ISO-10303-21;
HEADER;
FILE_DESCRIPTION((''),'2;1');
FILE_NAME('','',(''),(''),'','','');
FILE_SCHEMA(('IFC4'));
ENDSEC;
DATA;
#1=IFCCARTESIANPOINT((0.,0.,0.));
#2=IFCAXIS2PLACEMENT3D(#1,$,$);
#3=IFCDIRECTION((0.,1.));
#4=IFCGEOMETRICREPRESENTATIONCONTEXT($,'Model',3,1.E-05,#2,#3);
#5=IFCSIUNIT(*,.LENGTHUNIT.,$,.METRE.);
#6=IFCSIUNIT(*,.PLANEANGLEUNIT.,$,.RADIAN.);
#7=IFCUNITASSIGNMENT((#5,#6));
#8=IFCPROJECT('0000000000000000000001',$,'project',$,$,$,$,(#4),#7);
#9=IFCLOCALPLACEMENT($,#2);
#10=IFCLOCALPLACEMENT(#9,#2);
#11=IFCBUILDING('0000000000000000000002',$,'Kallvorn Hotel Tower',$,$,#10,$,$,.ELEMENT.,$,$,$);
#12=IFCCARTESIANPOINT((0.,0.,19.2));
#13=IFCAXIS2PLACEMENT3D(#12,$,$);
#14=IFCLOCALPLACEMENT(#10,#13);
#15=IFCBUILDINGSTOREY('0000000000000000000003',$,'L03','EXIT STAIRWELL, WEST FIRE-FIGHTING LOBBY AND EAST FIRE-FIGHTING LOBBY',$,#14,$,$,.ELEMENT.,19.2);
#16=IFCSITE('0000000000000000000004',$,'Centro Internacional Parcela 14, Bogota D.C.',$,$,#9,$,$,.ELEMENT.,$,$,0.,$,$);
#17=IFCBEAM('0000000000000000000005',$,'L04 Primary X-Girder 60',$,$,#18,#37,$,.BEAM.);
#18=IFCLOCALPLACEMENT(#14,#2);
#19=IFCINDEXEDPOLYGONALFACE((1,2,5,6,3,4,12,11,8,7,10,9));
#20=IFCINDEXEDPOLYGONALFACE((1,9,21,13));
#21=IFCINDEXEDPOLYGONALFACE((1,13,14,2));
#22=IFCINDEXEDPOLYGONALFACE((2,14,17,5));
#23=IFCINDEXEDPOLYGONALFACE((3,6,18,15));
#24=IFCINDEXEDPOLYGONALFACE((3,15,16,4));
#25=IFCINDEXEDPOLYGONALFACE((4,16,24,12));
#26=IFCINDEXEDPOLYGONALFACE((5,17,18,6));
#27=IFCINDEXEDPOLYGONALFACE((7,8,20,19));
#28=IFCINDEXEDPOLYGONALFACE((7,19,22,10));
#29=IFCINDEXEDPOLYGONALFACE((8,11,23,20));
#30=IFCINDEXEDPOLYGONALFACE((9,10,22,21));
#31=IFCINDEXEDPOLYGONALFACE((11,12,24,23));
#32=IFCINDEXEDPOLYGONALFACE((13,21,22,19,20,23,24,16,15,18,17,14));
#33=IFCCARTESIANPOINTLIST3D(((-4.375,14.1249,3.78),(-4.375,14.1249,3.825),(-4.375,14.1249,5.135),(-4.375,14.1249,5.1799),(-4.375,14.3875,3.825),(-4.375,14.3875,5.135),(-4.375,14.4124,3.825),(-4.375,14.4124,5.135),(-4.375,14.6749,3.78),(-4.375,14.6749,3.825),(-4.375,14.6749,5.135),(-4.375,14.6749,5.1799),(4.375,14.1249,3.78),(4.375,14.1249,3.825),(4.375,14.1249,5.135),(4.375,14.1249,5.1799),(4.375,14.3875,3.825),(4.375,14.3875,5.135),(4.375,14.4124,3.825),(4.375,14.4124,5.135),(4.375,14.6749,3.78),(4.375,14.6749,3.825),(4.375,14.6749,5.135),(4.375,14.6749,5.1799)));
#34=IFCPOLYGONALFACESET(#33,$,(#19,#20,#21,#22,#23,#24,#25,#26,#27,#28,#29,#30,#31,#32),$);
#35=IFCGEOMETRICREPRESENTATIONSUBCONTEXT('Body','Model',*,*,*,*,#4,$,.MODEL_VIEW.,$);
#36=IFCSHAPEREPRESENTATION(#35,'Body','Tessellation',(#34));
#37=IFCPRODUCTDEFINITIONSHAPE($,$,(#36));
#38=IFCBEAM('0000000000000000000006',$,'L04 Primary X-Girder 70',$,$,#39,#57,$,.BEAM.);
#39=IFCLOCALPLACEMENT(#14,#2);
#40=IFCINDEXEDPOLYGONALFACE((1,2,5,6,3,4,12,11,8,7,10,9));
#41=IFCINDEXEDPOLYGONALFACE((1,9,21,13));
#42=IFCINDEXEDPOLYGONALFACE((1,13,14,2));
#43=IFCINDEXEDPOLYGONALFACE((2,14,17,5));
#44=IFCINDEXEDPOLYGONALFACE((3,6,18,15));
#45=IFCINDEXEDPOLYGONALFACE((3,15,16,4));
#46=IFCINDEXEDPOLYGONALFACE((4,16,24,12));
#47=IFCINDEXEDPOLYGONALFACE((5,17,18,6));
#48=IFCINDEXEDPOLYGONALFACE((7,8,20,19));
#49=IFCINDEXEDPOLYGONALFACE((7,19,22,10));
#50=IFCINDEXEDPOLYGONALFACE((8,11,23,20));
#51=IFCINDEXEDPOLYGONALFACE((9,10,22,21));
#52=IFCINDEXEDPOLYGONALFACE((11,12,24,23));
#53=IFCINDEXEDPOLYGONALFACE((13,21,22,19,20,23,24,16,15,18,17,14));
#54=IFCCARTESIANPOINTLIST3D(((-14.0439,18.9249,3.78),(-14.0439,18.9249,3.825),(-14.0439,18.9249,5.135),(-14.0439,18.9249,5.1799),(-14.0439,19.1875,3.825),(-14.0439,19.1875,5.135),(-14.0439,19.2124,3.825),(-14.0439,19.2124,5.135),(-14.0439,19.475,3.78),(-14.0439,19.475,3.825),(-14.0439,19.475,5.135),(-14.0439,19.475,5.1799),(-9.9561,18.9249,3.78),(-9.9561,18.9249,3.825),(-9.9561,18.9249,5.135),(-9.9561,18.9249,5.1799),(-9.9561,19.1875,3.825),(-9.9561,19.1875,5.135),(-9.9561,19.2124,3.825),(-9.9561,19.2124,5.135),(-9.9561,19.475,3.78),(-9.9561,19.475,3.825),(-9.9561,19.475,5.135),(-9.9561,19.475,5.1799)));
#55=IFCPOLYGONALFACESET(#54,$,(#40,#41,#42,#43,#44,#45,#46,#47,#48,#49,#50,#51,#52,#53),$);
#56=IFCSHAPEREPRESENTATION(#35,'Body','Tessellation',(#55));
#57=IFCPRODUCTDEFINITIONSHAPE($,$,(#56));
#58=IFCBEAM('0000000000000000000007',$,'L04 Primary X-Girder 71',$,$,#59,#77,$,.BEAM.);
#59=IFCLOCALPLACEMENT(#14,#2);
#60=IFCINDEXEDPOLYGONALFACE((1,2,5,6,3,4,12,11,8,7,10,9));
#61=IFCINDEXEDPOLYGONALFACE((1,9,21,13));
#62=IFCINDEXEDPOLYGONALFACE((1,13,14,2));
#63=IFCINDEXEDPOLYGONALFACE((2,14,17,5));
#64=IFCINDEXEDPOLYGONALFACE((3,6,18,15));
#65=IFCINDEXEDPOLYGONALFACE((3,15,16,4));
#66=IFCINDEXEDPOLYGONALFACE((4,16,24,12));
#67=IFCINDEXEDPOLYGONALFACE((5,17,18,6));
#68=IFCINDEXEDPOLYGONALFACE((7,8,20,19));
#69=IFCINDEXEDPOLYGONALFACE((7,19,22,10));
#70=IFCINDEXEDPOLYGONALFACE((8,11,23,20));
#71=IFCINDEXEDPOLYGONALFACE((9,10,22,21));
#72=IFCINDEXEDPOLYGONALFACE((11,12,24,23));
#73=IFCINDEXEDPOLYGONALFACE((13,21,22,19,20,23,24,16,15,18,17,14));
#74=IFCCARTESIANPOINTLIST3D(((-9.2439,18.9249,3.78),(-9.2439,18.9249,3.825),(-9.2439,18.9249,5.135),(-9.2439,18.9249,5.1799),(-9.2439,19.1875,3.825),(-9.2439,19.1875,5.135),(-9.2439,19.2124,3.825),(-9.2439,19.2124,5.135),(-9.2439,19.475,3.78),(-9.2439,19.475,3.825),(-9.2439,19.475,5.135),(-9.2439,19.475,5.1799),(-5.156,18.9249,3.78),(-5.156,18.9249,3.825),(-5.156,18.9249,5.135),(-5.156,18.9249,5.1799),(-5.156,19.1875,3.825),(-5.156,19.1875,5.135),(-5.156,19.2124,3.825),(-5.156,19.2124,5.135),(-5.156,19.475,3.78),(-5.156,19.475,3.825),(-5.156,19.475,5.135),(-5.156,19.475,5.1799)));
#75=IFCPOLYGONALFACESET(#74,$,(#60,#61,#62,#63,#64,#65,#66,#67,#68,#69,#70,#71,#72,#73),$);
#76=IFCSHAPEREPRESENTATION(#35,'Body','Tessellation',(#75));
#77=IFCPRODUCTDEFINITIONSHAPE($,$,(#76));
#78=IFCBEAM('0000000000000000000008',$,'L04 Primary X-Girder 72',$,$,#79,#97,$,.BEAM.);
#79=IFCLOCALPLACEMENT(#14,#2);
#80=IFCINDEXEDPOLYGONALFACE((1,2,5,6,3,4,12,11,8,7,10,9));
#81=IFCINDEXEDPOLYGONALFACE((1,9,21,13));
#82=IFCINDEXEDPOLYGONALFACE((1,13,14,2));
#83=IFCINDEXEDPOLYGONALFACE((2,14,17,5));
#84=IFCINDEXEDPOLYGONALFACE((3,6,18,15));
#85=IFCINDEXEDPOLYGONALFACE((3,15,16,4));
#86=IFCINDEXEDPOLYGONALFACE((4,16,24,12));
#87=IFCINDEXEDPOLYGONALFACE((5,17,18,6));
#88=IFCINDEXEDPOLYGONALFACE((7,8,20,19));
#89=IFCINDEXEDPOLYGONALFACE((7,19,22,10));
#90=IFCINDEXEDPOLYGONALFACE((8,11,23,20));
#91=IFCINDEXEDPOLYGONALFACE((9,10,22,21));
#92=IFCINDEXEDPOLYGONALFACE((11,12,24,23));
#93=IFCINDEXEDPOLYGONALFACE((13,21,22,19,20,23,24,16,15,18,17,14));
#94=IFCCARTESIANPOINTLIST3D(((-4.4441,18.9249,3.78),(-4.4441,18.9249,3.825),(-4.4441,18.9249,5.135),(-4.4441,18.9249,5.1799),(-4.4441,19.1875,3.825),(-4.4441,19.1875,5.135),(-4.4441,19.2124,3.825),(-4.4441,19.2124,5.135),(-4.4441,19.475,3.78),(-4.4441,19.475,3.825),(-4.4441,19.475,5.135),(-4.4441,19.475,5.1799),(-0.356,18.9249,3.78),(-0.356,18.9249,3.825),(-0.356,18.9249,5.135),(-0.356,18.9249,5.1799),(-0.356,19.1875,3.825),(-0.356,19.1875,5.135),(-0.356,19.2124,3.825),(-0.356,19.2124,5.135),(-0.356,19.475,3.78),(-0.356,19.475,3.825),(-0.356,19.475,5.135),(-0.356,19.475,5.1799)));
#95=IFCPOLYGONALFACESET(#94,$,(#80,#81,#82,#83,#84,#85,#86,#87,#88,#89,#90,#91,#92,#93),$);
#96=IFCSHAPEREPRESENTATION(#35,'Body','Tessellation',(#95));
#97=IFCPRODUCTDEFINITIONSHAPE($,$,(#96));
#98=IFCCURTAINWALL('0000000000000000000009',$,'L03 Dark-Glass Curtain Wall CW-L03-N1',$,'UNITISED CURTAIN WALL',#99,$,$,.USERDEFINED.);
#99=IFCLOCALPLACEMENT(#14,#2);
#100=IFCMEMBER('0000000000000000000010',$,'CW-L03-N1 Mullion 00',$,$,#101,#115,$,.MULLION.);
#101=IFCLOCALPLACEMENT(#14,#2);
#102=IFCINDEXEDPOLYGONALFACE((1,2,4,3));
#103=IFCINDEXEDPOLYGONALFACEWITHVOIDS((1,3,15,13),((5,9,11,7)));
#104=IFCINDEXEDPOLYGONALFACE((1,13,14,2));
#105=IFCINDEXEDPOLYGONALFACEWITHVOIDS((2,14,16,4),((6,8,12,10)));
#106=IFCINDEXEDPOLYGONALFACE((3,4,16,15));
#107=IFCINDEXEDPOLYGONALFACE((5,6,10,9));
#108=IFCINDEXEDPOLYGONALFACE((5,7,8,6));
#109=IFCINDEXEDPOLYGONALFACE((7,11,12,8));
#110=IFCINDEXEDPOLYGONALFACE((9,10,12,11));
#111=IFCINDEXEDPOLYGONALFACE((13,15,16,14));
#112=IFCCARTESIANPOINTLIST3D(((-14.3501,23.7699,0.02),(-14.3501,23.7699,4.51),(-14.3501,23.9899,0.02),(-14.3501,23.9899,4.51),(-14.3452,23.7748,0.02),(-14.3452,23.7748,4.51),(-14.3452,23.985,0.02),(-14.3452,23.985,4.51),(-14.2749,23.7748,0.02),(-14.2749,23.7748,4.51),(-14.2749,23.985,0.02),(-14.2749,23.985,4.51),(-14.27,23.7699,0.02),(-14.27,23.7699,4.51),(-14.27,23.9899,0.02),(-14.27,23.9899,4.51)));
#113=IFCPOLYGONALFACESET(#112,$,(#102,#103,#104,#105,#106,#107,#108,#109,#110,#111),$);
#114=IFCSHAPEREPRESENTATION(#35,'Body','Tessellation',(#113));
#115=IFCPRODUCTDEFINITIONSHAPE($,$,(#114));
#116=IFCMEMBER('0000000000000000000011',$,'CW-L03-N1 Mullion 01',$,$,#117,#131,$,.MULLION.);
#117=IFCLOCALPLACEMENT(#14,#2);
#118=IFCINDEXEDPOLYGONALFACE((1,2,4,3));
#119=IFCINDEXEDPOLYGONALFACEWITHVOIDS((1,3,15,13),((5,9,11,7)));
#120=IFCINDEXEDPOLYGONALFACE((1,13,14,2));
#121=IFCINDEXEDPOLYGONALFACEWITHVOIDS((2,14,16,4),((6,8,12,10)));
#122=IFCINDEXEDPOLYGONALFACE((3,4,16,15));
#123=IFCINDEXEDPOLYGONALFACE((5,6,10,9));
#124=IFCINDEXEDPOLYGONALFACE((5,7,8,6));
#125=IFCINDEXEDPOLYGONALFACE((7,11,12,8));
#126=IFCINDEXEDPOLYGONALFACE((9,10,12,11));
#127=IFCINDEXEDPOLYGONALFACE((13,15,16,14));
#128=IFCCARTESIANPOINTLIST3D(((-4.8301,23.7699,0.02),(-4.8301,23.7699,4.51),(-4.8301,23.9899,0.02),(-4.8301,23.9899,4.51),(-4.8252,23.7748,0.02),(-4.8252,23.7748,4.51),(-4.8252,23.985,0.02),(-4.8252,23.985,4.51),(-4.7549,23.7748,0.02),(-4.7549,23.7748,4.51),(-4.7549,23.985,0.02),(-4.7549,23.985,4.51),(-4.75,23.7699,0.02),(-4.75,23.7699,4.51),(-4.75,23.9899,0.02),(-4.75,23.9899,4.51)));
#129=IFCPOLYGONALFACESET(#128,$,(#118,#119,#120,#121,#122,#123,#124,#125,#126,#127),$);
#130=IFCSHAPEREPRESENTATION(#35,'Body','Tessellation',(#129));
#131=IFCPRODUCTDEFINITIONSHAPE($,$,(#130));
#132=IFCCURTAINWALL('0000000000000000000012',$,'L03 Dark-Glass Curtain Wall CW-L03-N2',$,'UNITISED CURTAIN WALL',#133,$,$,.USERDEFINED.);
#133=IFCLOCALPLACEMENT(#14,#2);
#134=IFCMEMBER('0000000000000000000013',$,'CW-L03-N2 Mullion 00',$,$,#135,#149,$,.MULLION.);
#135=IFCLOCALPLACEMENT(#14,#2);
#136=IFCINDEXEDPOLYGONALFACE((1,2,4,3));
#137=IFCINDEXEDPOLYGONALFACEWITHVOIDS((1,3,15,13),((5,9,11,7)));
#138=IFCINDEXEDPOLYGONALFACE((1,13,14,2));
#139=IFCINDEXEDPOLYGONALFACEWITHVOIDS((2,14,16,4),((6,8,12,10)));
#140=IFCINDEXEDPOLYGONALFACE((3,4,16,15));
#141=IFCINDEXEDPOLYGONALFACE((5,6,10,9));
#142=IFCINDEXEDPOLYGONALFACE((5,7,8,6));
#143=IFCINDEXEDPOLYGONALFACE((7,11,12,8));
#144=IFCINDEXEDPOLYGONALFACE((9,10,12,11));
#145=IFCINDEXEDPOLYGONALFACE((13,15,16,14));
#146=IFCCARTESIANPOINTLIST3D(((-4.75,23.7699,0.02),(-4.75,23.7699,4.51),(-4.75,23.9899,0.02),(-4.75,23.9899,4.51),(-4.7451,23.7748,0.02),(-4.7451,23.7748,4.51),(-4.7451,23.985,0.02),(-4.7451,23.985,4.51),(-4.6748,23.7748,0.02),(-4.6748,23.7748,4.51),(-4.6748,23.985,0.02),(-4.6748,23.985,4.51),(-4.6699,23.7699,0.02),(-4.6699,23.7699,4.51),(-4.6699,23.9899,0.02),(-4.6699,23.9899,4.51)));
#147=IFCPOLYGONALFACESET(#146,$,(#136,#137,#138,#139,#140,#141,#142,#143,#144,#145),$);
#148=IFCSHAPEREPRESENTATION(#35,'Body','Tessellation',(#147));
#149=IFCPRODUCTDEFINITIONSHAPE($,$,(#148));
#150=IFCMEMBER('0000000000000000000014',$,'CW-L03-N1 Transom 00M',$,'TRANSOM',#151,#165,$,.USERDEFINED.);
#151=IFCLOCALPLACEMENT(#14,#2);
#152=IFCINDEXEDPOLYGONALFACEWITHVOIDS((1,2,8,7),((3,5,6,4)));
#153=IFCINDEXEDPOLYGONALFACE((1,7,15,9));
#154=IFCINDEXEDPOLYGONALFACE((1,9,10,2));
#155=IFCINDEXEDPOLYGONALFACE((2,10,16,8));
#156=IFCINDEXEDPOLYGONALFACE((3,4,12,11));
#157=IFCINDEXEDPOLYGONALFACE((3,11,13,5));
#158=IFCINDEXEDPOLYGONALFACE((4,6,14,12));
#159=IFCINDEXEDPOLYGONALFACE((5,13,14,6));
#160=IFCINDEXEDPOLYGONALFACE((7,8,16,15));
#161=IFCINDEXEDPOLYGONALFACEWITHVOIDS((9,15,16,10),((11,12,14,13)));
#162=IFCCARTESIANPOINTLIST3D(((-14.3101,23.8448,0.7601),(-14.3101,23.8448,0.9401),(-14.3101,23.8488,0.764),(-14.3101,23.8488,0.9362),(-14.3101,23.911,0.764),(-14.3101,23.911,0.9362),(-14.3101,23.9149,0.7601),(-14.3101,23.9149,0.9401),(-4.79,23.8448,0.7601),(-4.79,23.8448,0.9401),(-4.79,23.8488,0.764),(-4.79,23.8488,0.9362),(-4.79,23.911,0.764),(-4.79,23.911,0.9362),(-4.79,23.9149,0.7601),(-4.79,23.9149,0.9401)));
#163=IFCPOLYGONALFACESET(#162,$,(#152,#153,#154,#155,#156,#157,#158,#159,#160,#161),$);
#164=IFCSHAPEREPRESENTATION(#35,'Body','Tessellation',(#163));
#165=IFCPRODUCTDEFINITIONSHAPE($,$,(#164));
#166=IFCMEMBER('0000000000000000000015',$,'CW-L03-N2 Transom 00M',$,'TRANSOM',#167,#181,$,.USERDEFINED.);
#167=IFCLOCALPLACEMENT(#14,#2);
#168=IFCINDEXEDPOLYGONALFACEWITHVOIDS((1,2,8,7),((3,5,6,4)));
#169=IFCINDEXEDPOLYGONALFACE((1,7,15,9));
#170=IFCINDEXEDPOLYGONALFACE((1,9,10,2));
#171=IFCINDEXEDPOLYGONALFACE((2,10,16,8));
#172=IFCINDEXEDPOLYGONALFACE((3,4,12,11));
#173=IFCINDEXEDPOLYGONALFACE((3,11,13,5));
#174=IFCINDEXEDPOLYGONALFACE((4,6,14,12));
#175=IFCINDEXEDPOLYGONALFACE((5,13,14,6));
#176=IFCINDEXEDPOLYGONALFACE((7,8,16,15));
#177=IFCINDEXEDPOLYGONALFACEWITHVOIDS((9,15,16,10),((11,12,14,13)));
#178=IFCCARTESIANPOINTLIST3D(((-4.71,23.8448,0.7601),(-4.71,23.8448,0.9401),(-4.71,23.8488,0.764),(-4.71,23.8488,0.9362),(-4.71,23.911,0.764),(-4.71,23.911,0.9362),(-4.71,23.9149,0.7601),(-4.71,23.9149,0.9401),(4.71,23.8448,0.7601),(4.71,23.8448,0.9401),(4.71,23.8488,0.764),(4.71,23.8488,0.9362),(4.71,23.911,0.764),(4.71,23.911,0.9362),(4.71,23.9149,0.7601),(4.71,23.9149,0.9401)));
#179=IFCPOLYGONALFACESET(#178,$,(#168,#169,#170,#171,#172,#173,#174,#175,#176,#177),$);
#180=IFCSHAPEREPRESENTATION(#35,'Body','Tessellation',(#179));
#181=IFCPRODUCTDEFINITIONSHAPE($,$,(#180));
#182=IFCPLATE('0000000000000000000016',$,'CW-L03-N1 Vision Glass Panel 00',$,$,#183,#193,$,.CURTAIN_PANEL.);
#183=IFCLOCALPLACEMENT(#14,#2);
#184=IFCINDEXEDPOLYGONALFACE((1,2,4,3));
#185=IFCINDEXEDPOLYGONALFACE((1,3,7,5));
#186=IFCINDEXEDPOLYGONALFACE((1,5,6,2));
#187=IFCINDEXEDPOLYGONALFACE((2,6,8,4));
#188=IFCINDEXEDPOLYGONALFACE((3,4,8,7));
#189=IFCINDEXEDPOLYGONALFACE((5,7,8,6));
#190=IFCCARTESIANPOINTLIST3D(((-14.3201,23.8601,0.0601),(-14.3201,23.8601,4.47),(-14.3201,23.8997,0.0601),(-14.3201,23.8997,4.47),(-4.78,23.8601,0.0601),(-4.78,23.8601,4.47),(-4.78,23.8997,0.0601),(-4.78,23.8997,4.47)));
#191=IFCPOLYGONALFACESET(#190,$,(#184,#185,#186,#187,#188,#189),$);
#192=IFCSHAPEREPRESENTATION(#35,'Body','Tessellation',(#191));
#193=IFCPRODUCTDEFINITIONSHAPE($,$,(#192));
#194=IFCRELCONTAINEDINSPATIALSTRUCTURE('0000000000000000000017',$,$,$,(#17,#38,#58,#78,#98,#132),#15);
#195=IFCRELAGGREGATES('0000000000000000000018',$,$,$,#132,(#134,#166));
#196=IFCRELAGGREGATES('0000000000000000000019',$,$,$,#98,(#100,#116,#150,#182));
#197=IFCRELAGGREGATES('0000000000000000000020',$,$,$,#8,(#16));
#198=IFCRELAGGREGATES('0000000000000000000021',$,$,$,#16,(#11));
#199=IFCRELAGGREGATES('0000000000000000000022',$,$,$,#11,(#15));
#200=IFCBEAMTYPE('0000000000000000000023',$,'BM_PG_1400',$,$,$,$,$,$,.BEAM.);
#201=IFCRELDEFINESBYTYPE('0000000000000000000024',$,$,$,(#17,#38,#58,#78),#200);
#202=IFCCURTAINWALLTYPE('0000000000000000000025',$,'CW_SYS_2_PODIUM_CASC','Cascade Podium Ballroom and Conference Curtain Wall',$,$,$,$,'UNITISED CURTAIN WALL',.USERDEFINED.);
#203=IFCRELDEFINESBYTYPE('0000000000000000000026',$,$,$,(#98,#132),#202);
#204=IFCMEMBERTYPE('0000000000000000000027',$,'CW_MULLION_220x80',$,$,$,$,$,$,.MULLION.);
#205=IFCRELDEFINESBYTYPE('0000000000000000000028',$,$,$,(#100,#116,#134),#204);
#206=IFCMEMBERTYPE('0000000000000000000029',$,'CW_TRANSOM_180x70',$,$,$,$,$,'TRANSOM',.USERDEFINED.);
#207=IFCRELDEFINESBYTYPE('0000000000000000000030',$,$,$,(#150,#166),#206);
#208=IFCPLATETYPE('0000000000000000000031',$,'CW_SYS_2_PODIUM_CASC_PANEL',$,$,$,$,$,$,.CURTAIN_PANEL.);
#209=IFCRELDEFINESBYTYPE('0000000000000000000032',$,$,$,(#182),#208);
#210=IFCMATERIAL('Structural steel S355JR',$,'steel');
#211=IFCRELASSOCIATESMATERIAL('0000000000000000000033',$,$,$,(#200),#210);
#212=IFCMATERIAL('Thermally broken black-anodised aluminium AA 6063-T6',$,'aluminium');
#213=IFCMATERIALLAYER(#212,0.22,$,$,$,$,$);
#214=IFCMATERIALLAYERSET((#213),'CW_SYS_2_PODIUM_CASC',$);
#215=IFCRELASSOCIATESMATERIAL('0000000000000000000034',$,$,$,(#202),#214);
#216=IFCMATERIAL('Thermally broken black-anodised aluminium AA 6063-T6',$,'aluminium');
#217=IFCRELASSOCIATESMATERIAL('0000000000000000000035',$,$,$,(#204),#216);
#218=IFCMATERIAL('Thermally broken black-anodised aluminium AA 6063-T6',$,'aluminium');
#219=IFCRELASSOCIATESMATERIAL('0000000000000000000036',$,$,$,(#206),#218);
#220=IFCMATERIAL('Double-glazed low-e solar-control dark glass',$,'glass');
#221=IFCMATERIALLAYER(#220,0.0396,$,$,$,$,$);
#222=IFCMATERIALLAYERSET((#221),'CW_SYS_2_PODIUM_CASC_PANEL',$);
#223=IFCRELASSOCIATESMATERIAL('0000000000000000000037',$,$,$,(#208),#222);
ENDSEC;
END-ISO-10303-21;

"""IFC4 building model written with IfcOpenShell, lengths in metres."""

from ifc_helpers import new_model, si_unit, direction, frame, origin, origin_2d, place, context, subcontext, project, spatial, rectangle, hollow_rectangle, i_section, extrude, material, layer, layer_set, material_profile, profile_set, type_object, element, aggregate, save


model = new_model("IFC4")

# Units and contexts
model_context = context("Model", 3, precision=1e-05, world=origin(), true_north=direction((0.0, 1.0)))
body_context = subcontext(model_context, "Body", "Model", "MODEL_VIEW")
ifc_project = project(units=[si_unit("LENGTHUNIT", "METRE"), si_unit("PLANEANGLEUNIT", "RADIAN")], contexts=[model_context])

# Site, building, storey
site_placement = place(None, origin())
site = spatial("IfcSite", under=ifc_project, at=site_placement, Name="Centro Internacional Parcela 14, Bogota D.C.", CompositionType="ELEMENT", RefElevation=0.0)
building_placement = place(site_placement, origin())
building = spatial("IfcBuilding", under=site, at=building_placement, Name="Kallvorn Hotel Tower", CompositionType="ELEMENT")
storey_placement = place(building_placement, frame((0.0, 0.0, 19.2)))
storey = spatial("IfcBuildingStorey", under=building, at=storey_placement, Name="L03", Description="EXIT STAIRWELL, WEST FIRE-FIGHTING LOBBY AND EAST FIRE-FIGHTING LOBBY", CompositionType="ELEMENT", Elevation=19.2)

# Beams
ifc_material_1 = material(Name="Structural steel S355JR", Category="steel")
ifc_material_profile_1 = material_profile(ifc_material_1, i_section(OverallWidth=0.55, OverallDepth=1.3999, WebThickness=0.0249, FlangeThickness=0.0449, at=origin_2d()), Name="PG 1400x550x25x45")
ifc_profile_set_1 = profile_set([ifc_material_profile_1], Name="Structural steel S355JR")
beam_type_1 = type_object("IfcBeamType", Name="BM_PG_1400", PredefinedType="BEAM", material=ifc_profile_set_1)
for number, where, z_axis, x_axis, name in (
    (1, (-4.375, 14.3999, 4.48), (1.0, 0.0, 0.0), (0.0, 1.0, 0.0), "L04 Primary X-Girder 60"),
):
    element("IfcBeam", number, at=place(storey_placement, frame(where, z_axis=z_axis, x_axis=x_axis)), inside=storey, type_object=beam_type_1, Name=name, PredefinedType="BEAM", context=body_context, shape_type="SweptSolid", body=[
        extrude(i_section(OverallWidth=0.55, OverallDepth=1.3999, WebThickness=0.0249, FlangeThickness=0.0449, at=origin_2d()), origin(), (0.0, 0.0, 1.0), 8.75),
    ])
for number, where, z_axis, x_axis, name in (
    (2, (-14.0439, 19.2, 4.48), (1.0, 0.0, 0.0), (0.0, 1.0, 0.0), "L04 Primary X-Girder 70"),
    (3, (-9.2439, 19.2, 4.48), (1.0, 0.0, 0.0), (0.0, 1.0, 0.0), "L04 Primary X-Girder 71"),
):
    element("IfcBeam", number, at=place(storey_placement, frame(where, z_axis=z_axis, x_axis=x_axis)), inside=storey, type_object=beam_type_1, Name=name, PredefinedType="BEAM", context=body_context, shape_type="SweptSolid", body=[
        extrude(i_section(OverallWidth=0.55, OverallDepth=1.3999, WebThickness=0.0249, FlangeThickness=0.0449, at=origin_2d()), origin(), (0.0, 0.0, 1.0), 4.0879),
    ])
beam_1_placement = place(storey_placement, frame((-4.4441, 19.2, 4.48), z_axis=(1.0, 0.0, 0.0), x_axis=(0.0, 1.0, 0.0)))
element("IfcBeam", 4, at=beam_1_placement, inside=storey, type_object=beam_type_1, Name="L04 Primary X-Girder 72", PredefinedType="BEAM", context=body_context, shape_type="SweptSolid", body=[
    extrude(i_section(OverallWidth=0.55, OverallDepth=1.3999, WebThickness=0.0249, FlangeThickness=0.0449, at=origin_2d()), origin(), (0.0, 0.0, 1.0), 4.0881),
])

# Curtain wall, members
ifc_material_2 = material(Name="Thermally broken black-anodised aluminium AA 6063-T6", Category="aluminium")
ifc_layer_1 = layer(ifc_material_2, 0.22)
ifc_layer_set_1 = layer_set([ifc_layer_1], Name="CW_SYS_2_PODIUM_CASC")
curtain_wall_type = type_object("IfcCurtainWallType", Name="CW_SYS_2_PODIUM_CASC", Description="Cascade Podium Ballroom and Conference Curtain Wall", ElementType="UNITISED CURTAIN WALL", PredefinedType="USERDEFINED", material=ifc_layer_set_1)
curtain_wall_1_placement = place(storey_placement, origin())
curtain_wall_1 = element("IfcCurtainWall", 5, at=curtain_wall_1_placement, inside=storey, type_object=curtain_wall_type, Name="L03 Dark-Glass Curtain Wall CW-L03-N1", ObjectType="UNITISED CURTAIN WALL", PredefinedType="USERDEFINED")
ifc_material_3 = material(Name="Thermally broken black-anodised aluminium AA 6063-T6", Category="aluminium")
ifc_material_profile_2 = material_profile(ifc_material_3, hollow_rectangle(XDim=0.0801, YDim=0.22, WallThickness=0.0049, at=origin_2d()), Name="MUL 220x80")
ifc_profile_set_2 = profile_set([ifc_material_profile_2], Name="Thermally broken black-anodised aluminium AA 6063-T6")
member_type_1 = type_object("IfcMemberType", Name="CW_MULLION_220x80", PredefinedType="MULLION", material=ifc_profile_set_2)
member_1_placement = place(storey_placement, frame((-14.3101, 23.8799, 0.02), z_axis=(0.0, 0.0, 1.0), x_axis=(1.0, 0.0, 0.0)))
member_1 = element("IfcMember", 6, at=member_1_placement, type_object=member_type_1, Name="CW-L03-N1 Mullion 00", PredefinedType="MULLION", context=body_context, shape_type="SweptSolid", body=[
    extrude(hollow_rectangle(XDim=0.0801, YDim=0.22, WallThickness=0.0049, at=origin_2d()), origin(), (0.0, 0.0, 1.0), 4.49),
])
member_2_placement = place(storey_placement, frame((-4.79, 23.8799, 0.02), z_axis=(0.0, 0.0, 1.0), x_axis=(1.0, 0.0, 0.0)))
member_2 = element("IfcMember", 7, at=member_2_placement, type_object=member_type_1, Name="CW-L03-N1 Mullion 01", PredefinedType="MULLION", context=body_context, shape_type="SweptSolid", body=[
    extrude(hollow_rectangle(XDim=0.0801, YDim=0.22, WallThickness=0.0049, at=origin_2d()), origin(), (0.0, 0.0, 1.0), 4.49),
])

# Curtain wall, member
curtain_wall_2_placement = place(storey_placement, origin())
curtain_wall_2 = element("IfcCurtainWall", 8, at=curtain_wall_2_placement, inside=storey, type_object=curtain_wall_type, Name="L03 Dark-Glass Curtain Wall CW-L03-N2", ObjectType="UNITISED CURTAIN WALL", PredefinedType="USERDEFINED")
member_3_placement = place(storey_placement, frame((-4.71, 23.8799, 0.02), z_axis=(0.0, 0.0, 1.0), x_axis=(1.0, 0.0, 0.0)))
member_3 = element("IfcMember", 9, at=member_3_placement, type_object=member_type_1, Name="CW-L03-N2 Mullion 00", PredefinedType="MULLION", context=body_context, shape_type="SweptSolid", body=[
    extrude(hollow_rectangle(XDim=0.0801, YDim=0.22, WallThickness=0.0049, at=origin_2d()), origin(), (0.0, 0.0, 1.0), 4.49),
])

# Members
ifc_material_4 = material(Name="Thermally broken black-anodised aluminium AA 6063-T6", Category="aluminium")
ifc_material_profile_3 = material_profile(ifc_material_4, hollow_rectangle(XDim=0.0701, YDim=0.1799, WallThickness=0.0039, at=origin_2d()), Name="TRN 180x70")
ifc_profile_set_3 = profile_set([ifc_material_profile_3], Name="Thermally broken black-anodised aluminium AA 6063-T6")
member_type_2 = type_object("IfcMemberType", Name="CW_TRANSOM_180x70", ElementType="TRANSOM", PredefinedType="USERDEFINED", material=ifc_profile_set_3)
member_4_placement = place(storey_placement, frame((-14.3101, 23.8799, 0.8501), z_axis=(1.0, 0.0, 0.0), x_axis=(0.0, 1.0, 0.0)))
member_4 = element("IfcMember", 10, at=member_4_placement, type_object=member_type_2, Name="CW-L03-N1 Transom 00M", ObjectType="TRANSOM", PredefinedType="USERDEFINED", context=body_context, shape_type="SweptSolid", body=[
    extrude(hollow_rectangle(XDim=0.0701, YDim=0.1799, WallThickness=0.0039, at=origin_2d()), origin(), (0.0, 0.0, 1.0), 9.52),
])
member_5_placement = place(storey_placement, frame((-4.71, 23.8799, 0.8501), z_axis=(1.0, 0.0, 0.0), x_axis=(0.0, 1.0, 0.0)))
member_5 = element("IfcMember", 11, at=member_5_placement, type_object=member_type_2, Name="CW-L03-N2 Transom 00M", ObjectType="TRANSOM", PredefinedType="USERDEFINED", context=body_context, shape_type="SweptSolid", body=[
    extrude(hollow_rectangle(XDim=0.0701, YDim=0.1799, WallThickness=0.0039, at=origin_2d()), origin(), (0.0, 0.0, 1.0), 9.4199),
])
aggregate(curtain_wall_2, [member_3, member_5])

# Plate
ifc_material_5 = material(Name="Double-glazed low-e solar-control dark glass", Category="glass")
ifc_layer_2 = layer(ifc_material_5, 0.0396)
ifc_layer_set_2 = layer_set([ifc_layer_2], Name="CW_SYS_2_PODIUM_CASC_PANEL")
plate_type = type_object("IfcPlateType", Name="CW_SYS_2_PODIUM_CASC_PANEL", PredefinedType="CURTAIN_PANEL", material=ifc_layer_set_2)
plate_placement = place(storey_placement, frame((-9.55, 23.8799, 0.0601), z_axis=(0.0, 0.0, 1.0), x_axis=(1.0, 0.0, 0.0)))
plate = element("IfcPlate", 12, at=plate_placement, type_object=plate_type, Name="CW-L03-N1 Vision Glass Panel 00", PredefinedType="CURTAIN_PANEL", context=body_context, shape_type="SweptSolid", body=[
    extrude(rectangle(XDim=9.54, YDim=0.0396, at=origin_2d()), origin(), (0.0, 0.0, 1.0), 4.4099),
])
aggregate(curtain_wall_1, [member_1, member_2, member_4, plate])

save(model, "model.ifc")
